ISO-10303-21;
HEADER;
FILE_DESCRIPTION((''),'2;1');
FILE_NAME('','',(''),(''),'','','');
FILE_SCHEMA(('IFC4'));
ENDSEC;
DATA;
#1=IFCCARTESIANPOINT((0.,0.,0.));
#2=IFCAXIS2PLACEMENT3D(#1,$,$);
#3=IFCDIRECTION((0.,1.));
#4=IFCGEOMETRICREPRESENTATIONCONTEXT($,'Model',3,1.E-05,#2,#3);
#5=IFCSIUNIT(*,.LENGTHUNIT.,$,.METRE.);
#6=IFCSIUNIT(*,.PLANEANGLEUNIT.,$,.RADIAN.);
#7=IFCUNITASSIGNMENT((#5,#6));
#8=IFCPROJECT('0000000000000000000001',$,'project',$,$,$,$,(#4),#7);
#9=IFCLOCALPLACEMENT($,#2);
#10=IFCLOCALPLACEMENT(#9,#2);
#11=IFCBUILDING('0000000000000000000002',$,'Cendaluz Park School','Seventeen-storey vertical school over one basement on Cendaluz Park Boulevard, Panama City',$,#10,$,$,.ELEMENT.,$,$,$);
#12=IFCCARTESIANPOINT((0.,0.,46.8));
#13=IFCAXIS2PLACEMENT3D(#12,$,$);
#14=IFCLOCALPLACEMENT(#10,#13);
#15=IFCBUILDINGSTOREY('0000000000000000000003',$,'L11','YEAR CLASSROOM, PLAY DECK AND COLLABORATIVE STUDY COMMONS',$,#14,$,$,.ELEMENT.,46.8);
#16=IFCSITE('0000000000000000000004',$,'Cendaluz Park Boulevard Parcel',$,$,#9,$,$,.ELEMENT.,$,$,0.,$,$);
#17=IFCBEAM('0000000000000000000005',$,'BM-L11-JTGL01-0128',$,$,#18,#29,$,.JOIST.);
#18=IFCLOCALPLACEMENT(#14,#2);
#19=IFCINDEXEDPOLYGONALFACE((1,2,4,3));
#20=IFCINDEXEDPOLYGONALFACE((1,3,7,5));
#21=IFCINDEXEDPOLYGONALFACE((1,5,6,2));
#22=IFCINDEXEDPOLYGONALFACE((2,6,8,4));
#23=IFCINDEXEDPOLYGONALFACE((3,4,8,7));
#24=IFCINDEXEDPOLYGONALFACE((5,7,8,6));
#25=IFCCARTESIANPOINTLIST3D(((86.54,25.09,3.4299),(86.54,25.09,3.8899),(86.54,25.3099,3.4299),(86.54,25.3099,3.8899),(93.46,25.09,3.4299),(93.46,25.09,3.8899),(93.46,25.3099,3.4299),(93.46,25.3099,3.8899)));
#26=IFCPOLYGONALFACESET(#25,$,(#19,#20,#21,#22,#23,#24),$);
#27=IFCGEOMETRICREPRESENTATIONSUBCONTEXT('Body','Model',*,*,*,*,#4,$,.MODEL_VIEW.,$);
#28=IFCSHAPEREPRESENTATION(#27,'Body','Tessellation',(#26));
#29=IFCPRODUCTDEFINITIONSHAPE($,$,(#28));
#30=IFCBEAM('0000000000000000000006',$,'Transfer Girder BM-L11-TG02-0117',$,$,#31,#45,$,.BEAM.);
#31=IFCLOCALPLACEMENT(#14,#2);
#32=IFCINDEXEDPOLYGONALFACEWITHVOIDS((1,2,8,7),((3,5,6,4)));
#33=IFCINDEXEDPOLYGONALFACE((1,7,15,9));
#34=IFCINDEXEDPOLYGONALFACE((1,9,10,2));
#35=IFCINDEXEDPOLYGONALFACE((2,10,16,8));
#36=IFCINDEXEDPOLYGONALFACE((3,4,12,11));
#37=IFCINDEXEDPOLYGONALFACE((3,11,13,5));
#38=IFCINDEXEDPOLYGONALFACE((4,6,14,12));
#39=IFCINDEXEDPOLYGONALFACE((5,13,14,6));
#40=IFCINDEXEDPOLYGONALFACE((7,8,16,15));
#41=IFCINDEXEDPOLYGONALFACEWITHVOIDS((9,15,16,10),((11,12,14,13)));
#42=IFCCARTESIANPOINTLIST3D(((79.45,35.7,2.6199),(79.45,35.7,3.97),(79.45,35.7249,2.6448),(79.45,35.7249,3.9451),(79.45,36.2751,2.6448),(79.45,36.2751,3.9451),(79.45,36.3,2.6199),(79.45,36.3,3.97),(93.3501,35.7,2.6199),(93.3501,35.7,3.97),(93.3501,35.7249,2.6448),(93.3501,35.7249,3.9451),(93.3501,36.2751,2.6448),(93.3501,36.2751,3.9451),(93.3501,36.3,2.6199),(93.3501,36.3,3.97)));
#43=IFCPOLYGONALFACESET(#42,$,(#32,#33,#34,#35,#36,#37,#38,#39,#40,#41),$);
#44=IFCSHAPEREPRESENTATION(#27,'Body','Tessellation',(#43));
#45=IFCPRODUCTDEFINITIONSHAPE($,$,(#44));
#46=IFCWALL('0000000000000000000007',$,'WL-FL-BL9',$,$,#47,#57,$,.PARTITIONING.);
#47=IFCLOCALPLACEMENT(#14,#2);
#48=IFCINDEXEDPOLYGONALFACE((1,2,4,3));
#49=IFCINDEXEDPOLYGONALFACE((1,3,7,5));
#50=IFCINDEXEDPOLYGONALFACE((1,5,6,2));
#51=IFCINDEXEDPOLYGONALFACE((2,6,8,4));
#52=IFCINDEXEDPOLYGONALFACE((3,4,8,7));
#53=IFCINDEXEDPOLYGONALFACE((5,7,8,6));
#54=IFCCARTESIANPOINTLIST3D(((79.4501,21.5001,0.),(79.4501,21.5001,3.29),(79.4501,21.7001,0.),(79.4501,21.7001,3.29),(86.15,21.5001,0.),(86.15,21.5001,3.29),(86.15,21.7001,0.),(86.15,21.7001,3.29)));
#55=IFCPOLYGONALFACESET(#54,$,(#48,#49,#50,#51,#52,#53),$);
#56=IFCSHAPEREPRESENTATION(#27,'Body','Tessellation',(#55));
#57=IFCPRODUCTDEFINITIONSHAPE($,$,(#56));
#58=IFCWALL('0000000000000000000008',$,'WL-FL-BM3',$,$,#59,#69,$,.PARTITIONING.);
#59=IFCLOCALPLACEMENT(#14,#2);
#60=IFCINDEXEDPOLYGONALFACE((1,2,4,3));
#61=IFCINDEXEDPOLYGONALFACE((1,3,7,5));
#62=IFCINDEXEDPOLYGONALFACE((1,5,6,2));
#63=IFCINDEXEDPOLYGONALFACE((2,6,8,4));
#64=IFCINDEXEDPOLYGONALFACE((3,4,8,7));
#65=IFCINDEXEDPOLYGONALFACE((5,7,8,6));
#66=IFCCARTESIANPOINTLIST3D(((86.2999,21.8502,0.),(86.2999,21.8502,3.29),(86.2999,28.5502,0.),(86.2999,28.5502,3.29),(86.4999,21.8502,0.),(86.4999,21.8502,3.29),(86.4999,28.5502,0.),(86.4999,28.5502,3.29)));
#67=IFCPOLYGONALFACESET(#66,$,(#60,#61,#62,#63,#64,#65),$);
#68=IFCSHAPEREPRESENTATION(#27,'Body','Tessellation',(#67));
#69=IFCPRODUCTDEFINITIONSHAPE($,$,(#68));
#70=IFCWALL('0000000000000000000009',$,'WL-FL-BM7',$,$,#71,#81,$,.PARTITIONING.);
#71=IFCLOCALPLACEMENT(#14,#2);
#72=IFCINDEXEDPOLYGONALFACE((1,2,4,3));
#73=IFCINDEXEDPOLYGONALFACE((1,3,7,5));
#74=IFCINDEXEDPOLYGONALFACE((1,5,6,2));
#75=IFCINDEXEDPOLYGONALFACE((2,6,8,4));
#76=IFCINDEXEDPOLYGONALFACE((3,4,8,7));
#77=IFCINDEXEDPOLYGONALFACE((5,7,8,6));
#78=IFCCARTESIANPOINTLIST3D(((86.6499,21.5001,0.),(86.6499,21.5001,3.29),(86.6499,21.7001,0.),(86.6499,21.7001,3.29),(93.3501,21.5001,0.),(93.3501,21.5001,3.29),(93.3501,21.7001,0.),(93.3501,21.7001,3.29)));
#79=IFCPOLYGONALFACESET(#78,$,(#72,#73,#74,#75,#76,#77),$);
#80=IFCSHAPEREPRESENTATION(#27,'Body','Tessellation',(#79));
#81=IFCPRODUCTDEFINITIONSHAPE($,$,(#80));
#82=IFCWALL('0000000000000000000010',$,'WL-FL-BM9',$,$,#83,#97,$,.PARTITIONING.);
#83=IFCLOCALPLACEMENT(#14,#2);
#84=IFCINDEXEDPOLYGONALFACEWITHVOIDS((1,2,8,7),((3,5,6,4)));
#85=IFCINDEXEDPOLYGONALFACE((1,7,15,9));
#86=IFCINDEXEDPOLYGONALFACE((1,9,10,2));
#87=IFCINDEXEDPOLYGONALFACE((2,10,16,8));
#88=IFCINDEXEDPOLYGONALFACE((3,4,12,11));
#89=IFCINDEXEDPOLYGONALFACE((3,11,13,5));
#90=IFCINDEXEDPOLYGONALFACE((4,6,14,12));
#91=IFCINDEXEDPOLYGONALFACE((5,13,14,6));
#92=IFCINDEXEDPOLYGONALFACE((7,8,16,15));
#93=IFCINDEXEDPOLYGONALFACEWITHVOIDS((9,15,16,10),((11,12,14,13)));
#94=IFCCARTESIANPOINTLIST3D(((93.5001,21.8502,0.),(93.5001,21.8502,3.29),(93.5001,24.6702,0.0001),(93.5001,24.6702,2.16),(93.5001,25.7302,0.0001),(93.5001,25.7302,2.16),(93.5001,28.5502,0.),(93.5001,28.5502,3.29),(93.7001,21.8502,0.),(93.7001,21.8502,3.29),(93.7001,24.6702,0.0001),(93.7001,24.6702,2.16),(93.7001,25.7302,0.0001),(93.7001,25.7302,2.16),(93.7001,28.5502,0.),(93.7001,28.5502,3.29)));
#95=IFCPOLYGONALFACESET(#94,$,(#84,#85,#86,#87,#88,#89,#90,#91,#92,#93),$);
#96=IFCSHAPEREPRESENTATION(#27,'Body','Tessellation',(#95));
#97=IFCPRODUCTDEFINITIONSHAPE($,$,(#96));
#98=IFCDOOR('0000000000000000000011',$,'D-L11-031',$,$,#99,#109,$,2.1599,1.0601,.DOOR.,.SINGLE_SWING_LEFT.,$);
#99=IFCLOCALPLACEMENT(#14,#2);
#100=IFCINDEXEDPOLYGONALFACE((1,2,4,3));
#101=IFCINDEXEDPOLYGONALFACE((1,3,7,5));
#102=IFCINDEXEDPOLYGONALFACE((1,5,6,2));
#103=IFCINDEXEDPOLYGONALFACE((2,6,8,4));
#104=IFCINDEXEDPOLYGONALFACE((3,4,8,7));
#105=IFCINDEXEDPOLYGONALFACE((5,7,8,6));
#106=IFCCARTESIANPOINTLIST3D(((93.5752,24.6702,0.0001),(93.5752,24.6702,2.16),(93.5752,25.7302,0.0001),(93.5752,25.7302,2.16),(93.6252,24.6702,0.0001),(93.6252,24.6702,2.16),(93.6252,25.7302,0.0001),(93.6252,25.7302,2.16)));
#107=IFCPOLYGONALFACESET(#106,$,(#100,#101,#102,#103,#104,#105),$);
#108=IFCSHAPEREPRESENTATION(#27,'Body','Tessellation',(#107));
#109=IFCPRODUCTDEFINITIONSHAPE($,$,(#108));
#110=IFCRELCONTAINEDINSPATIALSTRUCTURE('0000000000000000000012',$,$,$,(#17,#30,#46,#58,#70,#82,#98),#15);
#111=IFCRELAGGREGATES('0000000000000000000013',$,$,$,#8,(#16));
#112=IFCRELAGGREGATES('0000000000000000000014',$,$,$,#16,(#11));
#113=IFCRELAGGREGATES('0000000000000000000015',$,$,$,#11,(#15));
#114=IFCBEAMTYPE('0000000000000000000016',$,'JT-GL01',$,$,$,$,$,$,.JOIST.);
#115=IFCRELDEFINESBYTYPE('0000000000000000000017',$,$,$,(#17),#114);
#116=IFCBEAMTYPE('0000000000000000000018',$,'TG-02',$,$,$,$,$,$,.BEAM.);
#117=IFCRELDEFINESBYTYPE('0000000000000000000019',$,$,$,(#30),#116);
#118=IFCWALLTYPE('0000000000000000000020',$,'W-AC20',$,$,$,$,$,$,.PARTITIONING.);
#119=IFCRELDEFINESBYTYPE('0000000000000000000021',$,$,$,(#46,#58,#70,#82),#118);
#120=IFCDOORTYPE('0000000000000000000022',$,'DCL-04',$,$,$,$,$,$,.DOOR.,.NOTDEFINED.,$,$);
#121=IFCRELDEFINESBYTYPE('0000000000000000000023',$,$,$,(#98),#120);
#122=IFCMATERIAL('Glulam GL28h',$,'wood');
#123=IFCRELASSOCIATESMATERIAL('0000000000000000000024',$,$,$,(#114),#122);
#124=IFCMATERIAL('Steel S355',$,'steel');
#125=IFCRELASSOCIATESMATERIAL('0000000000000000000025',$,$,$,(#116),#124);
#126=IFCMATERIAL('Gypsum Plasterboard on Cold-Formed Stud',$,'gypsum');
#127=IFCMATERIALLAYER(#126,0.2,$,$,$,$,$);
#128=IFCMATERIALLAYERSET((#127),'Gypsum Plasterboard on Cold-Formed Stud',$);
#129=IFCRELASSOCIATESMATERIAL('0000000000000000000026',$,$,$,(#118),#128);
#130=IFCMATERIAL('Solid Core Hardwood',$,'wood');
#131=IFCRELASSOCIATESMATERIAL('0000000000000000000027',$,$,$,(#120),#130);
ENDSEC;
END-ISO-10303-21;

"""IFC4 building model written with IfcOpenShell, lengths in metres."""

from ifc_helpers import new_model, si_unit, direction, frame, frame_2d, origin, origin_2d, place, context, subcontext, project, spatial, rectangle, hollow_rectangle, extrude, material, layer, layer_set, material_profile, profile_set, type_object, element, fill, save


model = new_model("IFC4")

# Units and contexts
model_context = context("Model", 3, precision=1e-05, world=origin(), true_north=direction((0.0, 1.0)))
body_context = subcontext(model_context, "Body", "Model", "MODEL_VIEW")
ifc_project = project(units=[si_unit("LENGTHUNIT", "METRE"), si_unit("PLANEANGLEUNIT", "RADIAN")], contexts=[model_context])

# Site, building, storey
site_placement = place(None, origin())
site = spatial("IfcSite", under=ifc_project, at=site_placement, Name="Cendaluz Park Boulevard Parcel", CompositionType="ELEMENT", RefElevation=0.0)
building_placement = place(site_placement, origin())
building = spatial("IfcBuilding", under=site, at=building_placement, Name="Cendaluz Park School", Description="Seventeen-storey vertical school over one basement on Cendaluz Park Boulevard, Panama City", CompositionType="ELEMENT")
storey_placement = place(building_placement, frame((0.0, 0.0, 46.8)))
storey = spatial("IfcBuildingStorey", under=building, at=storey_placement, Name="L11", Description="YEAR CLASSROOM, PLAY DECK AND COLLABORATIVE STUDY COMMONS", CompositionType="ELEMENT", Elevation=46.8)

# Beams
ifc_material_1 = material(Name="Glulam GL28h", Category="wood")
ifc_material_2 = material(Name="Steel S355", Category="steel")
ifc_material_profile_1 = material_profile(ifc_material_1, rectangle(XDim=0.22, YDim=0.46, at=origin_2d()), Name="GL28h 220x460", Category="wood")
ifc_profile_set_1 = profile_set([ifc_material_profile_1], Name="Glulam GL28h")
beam_type_1 = type_object("IfcBeamType", Name="JT-GL01", PredefinedType="JOIST", material=ifc_profile_set_1)
beam_1_placement = place(storey_placement, frame((86.54, 25.2, 3.6599), z_axis=(1.0, 0.0, 0.0), x_axis=(0.0, 1.0, 0.0)))
element("IfcBeam", 1, at=beam_1_placement, inside=storey, type_object=beam_type_1, Name="BM-L11-JTGL01-0128", PredefinedType="JOIST", context=body_context, shape_type="SweptSolid", body=[
    extrude(rectangle(XDim=0.22, YDim=0.46, at=origin_2d()), origin(), (0.0, 0.0, 1.0), 6.9199),
])
ifc_material_profile_2 = material_profile(ifc_material_2, hollow_rectangle(XDim=0.6001, YDim=1.3501, WallThickness=0.0249, at=origin_2d()), Name="RHS 600x1350x25", Category="steel")
ifc_profile_set_2 = profile_set([ifc_material_profile_2], Name="Steel S355")
beam_type_2 = type_object("IfcBeamType", Name="TG-02", PredefinedType="BEAM", material=ifc_profile_set_2)
beam_2_placement = place(storey_placement, frame((79.45, 36.0, 3.2949), z_axis=(1.0, 0.0, 0.0), x_axis=(0.0, 1.0, 0.0)))
element("IfcBeam", 2, at=beam_2_placement, inside=storey, type_object=beam_type_2, Name="Transfer Girder BM-L11-TG02-0117", PredefinedType="BEAM", context=body_context, shape_type="SweptSolid", body=[
    extrude(hollow_rectangle(XDim=0.6001, YDim=1.3501, WallThickness=0.0249, at=origin_2d()), origin(), (0.0, 0.0, 1.0), 13.9001),
])

# Walls
ifc_material_3 = material(Name="Gypsum Plasterboard on Cold-Formed Stud", Category="gypsum")
ifc_layer = layer(ifc_material_3, 0.2)
ifc_layer_set = layer_set([ifc_layer], Name="Gypsum Plasterboard on Cold-Formed Stud")
wall_type = type_object("IfcWallType", Name="W-AC20", PredefinedType="PARTITIONING", material=ifc_layer_set)
for number, where, z_axis, x_axis, name in (
    (3, (79.45, 21.6001, 0.0), (0.0, 0.0, 1.0), (1.0, 0.0, 0.0), "WL-FL-BL9"),
    (4, (86.3999, 21.8501, 0.0), (0.0, 0.0, 1.0), (0.0, 1.0, 0.0), "WL-FL-BM3"),
):
    element("IfcWall", number, at=place(storey_placement, frame(where, z_axis=z_axis, x_axis=x_axis)), inside=storey, type_object=wall_type, Name=name, PredefinedType="PARTITIONING", context=body_context, shape_type="SweptSolid", body=[
        extrude(rectangle(XDim=6.7, YDim=0.2, at=frame_2d((3.3501, 0.0))), origin(), (0.0, 0.0, 1.0), 3.29),
    ])
wall_1_placement = place(storey_placement, frame((86.6499, 21.6001, 0.0), z_axis=(0.0, 0.0, 1.0), x_axis=(1.0, 0.0, 0.0)))
element("IfcWall", 5, at=wall_1_placement, inside=storey, type_object=wall_type, Name="WL-FL-BM7", PredefinedType="PARTITIONING", context=body_context, shape_type="SweptSolid", body=[
    extrude(rectangle(XDim=6.7002, YDim=0.2, at=frame_2d((3.3501, 0.0))), origin(), (0.0, 0.0, 1.0), 3.29),
])

# Wall, opening, door
wall_2_placement = place(storey_placement, frame((93.6001, 21.8501, 0.0), z_axis=(0.0, 0.0, 1.0), x_axis=(0.0, 1.0, 0.0)))
wall_2 = element("IfcWall", 6, at=wall_2_placement, inside=storey, type_object=wall_type, Name="WL-FL-BM9", PredefinedType="PARTITIONING", context=body_context, shape_type="SweptSolid", body=[
    extrude(rectangle(XDim=6.7, YDim=0.2, at=frame_2d((3.3501, 0.0))), origin(), (0.0, 0.0, 1.0), 3.29),
])
opening_placement = place(wall_2_placement, frame((2.8201, 0.0, 0.0)))
opening = element("IfcOpeningElement", 7, at=opening_placement, cuts=wall_2, PredefinedType="OPENING", context=body_context, shape_type="SweptSolid", body=[
    extrude(rectangle(XDim=1.0601, YDim=2.1599, at=frame_2d((0.53, 1.0801))), frame((0.0, 0.1121, 0.0), z_axis=(0.0, -1.0, 0.0), x_axis=(1.0, 0.0, 0.0)), (0.0, 0.0, 1.0), 0.2239),
])
ifc_material_4 = material(Name="Solid Core Hardwood", Category="wood")
door_type = type_object("IfcDoorType", Name="DCL-04", OperationType="NOTDEFINED", PredefinedType="DOOR", material=ifc_material_4)
door_placement = place(opening_placement, origin())
door = element("IfcDoor", 8, at=door_placement, inside=storey, type_object=door_type, Name="D-L11-031", OperationType="SINGLE_SWING_LEFT", OverallHeight=2.1599, OverallWidth=1.0601, PredefinedType="DOOR", context=body_context, shape_type="SweptSolid", body=[
    extrude(rectangle(XDim=1.0601, YDim=2.1599, at=frame_2d((0.53, 1.0801))), frame((0.0, 0.0249, 0.0), z_axis=(0.0, -1.0, 0.0), x_axis=(1.0, 0.0, 0.0)), (0.0, 0.0, 1.0), 0.05),
])
fill(opening, door)

save(model, "model.ifc")
